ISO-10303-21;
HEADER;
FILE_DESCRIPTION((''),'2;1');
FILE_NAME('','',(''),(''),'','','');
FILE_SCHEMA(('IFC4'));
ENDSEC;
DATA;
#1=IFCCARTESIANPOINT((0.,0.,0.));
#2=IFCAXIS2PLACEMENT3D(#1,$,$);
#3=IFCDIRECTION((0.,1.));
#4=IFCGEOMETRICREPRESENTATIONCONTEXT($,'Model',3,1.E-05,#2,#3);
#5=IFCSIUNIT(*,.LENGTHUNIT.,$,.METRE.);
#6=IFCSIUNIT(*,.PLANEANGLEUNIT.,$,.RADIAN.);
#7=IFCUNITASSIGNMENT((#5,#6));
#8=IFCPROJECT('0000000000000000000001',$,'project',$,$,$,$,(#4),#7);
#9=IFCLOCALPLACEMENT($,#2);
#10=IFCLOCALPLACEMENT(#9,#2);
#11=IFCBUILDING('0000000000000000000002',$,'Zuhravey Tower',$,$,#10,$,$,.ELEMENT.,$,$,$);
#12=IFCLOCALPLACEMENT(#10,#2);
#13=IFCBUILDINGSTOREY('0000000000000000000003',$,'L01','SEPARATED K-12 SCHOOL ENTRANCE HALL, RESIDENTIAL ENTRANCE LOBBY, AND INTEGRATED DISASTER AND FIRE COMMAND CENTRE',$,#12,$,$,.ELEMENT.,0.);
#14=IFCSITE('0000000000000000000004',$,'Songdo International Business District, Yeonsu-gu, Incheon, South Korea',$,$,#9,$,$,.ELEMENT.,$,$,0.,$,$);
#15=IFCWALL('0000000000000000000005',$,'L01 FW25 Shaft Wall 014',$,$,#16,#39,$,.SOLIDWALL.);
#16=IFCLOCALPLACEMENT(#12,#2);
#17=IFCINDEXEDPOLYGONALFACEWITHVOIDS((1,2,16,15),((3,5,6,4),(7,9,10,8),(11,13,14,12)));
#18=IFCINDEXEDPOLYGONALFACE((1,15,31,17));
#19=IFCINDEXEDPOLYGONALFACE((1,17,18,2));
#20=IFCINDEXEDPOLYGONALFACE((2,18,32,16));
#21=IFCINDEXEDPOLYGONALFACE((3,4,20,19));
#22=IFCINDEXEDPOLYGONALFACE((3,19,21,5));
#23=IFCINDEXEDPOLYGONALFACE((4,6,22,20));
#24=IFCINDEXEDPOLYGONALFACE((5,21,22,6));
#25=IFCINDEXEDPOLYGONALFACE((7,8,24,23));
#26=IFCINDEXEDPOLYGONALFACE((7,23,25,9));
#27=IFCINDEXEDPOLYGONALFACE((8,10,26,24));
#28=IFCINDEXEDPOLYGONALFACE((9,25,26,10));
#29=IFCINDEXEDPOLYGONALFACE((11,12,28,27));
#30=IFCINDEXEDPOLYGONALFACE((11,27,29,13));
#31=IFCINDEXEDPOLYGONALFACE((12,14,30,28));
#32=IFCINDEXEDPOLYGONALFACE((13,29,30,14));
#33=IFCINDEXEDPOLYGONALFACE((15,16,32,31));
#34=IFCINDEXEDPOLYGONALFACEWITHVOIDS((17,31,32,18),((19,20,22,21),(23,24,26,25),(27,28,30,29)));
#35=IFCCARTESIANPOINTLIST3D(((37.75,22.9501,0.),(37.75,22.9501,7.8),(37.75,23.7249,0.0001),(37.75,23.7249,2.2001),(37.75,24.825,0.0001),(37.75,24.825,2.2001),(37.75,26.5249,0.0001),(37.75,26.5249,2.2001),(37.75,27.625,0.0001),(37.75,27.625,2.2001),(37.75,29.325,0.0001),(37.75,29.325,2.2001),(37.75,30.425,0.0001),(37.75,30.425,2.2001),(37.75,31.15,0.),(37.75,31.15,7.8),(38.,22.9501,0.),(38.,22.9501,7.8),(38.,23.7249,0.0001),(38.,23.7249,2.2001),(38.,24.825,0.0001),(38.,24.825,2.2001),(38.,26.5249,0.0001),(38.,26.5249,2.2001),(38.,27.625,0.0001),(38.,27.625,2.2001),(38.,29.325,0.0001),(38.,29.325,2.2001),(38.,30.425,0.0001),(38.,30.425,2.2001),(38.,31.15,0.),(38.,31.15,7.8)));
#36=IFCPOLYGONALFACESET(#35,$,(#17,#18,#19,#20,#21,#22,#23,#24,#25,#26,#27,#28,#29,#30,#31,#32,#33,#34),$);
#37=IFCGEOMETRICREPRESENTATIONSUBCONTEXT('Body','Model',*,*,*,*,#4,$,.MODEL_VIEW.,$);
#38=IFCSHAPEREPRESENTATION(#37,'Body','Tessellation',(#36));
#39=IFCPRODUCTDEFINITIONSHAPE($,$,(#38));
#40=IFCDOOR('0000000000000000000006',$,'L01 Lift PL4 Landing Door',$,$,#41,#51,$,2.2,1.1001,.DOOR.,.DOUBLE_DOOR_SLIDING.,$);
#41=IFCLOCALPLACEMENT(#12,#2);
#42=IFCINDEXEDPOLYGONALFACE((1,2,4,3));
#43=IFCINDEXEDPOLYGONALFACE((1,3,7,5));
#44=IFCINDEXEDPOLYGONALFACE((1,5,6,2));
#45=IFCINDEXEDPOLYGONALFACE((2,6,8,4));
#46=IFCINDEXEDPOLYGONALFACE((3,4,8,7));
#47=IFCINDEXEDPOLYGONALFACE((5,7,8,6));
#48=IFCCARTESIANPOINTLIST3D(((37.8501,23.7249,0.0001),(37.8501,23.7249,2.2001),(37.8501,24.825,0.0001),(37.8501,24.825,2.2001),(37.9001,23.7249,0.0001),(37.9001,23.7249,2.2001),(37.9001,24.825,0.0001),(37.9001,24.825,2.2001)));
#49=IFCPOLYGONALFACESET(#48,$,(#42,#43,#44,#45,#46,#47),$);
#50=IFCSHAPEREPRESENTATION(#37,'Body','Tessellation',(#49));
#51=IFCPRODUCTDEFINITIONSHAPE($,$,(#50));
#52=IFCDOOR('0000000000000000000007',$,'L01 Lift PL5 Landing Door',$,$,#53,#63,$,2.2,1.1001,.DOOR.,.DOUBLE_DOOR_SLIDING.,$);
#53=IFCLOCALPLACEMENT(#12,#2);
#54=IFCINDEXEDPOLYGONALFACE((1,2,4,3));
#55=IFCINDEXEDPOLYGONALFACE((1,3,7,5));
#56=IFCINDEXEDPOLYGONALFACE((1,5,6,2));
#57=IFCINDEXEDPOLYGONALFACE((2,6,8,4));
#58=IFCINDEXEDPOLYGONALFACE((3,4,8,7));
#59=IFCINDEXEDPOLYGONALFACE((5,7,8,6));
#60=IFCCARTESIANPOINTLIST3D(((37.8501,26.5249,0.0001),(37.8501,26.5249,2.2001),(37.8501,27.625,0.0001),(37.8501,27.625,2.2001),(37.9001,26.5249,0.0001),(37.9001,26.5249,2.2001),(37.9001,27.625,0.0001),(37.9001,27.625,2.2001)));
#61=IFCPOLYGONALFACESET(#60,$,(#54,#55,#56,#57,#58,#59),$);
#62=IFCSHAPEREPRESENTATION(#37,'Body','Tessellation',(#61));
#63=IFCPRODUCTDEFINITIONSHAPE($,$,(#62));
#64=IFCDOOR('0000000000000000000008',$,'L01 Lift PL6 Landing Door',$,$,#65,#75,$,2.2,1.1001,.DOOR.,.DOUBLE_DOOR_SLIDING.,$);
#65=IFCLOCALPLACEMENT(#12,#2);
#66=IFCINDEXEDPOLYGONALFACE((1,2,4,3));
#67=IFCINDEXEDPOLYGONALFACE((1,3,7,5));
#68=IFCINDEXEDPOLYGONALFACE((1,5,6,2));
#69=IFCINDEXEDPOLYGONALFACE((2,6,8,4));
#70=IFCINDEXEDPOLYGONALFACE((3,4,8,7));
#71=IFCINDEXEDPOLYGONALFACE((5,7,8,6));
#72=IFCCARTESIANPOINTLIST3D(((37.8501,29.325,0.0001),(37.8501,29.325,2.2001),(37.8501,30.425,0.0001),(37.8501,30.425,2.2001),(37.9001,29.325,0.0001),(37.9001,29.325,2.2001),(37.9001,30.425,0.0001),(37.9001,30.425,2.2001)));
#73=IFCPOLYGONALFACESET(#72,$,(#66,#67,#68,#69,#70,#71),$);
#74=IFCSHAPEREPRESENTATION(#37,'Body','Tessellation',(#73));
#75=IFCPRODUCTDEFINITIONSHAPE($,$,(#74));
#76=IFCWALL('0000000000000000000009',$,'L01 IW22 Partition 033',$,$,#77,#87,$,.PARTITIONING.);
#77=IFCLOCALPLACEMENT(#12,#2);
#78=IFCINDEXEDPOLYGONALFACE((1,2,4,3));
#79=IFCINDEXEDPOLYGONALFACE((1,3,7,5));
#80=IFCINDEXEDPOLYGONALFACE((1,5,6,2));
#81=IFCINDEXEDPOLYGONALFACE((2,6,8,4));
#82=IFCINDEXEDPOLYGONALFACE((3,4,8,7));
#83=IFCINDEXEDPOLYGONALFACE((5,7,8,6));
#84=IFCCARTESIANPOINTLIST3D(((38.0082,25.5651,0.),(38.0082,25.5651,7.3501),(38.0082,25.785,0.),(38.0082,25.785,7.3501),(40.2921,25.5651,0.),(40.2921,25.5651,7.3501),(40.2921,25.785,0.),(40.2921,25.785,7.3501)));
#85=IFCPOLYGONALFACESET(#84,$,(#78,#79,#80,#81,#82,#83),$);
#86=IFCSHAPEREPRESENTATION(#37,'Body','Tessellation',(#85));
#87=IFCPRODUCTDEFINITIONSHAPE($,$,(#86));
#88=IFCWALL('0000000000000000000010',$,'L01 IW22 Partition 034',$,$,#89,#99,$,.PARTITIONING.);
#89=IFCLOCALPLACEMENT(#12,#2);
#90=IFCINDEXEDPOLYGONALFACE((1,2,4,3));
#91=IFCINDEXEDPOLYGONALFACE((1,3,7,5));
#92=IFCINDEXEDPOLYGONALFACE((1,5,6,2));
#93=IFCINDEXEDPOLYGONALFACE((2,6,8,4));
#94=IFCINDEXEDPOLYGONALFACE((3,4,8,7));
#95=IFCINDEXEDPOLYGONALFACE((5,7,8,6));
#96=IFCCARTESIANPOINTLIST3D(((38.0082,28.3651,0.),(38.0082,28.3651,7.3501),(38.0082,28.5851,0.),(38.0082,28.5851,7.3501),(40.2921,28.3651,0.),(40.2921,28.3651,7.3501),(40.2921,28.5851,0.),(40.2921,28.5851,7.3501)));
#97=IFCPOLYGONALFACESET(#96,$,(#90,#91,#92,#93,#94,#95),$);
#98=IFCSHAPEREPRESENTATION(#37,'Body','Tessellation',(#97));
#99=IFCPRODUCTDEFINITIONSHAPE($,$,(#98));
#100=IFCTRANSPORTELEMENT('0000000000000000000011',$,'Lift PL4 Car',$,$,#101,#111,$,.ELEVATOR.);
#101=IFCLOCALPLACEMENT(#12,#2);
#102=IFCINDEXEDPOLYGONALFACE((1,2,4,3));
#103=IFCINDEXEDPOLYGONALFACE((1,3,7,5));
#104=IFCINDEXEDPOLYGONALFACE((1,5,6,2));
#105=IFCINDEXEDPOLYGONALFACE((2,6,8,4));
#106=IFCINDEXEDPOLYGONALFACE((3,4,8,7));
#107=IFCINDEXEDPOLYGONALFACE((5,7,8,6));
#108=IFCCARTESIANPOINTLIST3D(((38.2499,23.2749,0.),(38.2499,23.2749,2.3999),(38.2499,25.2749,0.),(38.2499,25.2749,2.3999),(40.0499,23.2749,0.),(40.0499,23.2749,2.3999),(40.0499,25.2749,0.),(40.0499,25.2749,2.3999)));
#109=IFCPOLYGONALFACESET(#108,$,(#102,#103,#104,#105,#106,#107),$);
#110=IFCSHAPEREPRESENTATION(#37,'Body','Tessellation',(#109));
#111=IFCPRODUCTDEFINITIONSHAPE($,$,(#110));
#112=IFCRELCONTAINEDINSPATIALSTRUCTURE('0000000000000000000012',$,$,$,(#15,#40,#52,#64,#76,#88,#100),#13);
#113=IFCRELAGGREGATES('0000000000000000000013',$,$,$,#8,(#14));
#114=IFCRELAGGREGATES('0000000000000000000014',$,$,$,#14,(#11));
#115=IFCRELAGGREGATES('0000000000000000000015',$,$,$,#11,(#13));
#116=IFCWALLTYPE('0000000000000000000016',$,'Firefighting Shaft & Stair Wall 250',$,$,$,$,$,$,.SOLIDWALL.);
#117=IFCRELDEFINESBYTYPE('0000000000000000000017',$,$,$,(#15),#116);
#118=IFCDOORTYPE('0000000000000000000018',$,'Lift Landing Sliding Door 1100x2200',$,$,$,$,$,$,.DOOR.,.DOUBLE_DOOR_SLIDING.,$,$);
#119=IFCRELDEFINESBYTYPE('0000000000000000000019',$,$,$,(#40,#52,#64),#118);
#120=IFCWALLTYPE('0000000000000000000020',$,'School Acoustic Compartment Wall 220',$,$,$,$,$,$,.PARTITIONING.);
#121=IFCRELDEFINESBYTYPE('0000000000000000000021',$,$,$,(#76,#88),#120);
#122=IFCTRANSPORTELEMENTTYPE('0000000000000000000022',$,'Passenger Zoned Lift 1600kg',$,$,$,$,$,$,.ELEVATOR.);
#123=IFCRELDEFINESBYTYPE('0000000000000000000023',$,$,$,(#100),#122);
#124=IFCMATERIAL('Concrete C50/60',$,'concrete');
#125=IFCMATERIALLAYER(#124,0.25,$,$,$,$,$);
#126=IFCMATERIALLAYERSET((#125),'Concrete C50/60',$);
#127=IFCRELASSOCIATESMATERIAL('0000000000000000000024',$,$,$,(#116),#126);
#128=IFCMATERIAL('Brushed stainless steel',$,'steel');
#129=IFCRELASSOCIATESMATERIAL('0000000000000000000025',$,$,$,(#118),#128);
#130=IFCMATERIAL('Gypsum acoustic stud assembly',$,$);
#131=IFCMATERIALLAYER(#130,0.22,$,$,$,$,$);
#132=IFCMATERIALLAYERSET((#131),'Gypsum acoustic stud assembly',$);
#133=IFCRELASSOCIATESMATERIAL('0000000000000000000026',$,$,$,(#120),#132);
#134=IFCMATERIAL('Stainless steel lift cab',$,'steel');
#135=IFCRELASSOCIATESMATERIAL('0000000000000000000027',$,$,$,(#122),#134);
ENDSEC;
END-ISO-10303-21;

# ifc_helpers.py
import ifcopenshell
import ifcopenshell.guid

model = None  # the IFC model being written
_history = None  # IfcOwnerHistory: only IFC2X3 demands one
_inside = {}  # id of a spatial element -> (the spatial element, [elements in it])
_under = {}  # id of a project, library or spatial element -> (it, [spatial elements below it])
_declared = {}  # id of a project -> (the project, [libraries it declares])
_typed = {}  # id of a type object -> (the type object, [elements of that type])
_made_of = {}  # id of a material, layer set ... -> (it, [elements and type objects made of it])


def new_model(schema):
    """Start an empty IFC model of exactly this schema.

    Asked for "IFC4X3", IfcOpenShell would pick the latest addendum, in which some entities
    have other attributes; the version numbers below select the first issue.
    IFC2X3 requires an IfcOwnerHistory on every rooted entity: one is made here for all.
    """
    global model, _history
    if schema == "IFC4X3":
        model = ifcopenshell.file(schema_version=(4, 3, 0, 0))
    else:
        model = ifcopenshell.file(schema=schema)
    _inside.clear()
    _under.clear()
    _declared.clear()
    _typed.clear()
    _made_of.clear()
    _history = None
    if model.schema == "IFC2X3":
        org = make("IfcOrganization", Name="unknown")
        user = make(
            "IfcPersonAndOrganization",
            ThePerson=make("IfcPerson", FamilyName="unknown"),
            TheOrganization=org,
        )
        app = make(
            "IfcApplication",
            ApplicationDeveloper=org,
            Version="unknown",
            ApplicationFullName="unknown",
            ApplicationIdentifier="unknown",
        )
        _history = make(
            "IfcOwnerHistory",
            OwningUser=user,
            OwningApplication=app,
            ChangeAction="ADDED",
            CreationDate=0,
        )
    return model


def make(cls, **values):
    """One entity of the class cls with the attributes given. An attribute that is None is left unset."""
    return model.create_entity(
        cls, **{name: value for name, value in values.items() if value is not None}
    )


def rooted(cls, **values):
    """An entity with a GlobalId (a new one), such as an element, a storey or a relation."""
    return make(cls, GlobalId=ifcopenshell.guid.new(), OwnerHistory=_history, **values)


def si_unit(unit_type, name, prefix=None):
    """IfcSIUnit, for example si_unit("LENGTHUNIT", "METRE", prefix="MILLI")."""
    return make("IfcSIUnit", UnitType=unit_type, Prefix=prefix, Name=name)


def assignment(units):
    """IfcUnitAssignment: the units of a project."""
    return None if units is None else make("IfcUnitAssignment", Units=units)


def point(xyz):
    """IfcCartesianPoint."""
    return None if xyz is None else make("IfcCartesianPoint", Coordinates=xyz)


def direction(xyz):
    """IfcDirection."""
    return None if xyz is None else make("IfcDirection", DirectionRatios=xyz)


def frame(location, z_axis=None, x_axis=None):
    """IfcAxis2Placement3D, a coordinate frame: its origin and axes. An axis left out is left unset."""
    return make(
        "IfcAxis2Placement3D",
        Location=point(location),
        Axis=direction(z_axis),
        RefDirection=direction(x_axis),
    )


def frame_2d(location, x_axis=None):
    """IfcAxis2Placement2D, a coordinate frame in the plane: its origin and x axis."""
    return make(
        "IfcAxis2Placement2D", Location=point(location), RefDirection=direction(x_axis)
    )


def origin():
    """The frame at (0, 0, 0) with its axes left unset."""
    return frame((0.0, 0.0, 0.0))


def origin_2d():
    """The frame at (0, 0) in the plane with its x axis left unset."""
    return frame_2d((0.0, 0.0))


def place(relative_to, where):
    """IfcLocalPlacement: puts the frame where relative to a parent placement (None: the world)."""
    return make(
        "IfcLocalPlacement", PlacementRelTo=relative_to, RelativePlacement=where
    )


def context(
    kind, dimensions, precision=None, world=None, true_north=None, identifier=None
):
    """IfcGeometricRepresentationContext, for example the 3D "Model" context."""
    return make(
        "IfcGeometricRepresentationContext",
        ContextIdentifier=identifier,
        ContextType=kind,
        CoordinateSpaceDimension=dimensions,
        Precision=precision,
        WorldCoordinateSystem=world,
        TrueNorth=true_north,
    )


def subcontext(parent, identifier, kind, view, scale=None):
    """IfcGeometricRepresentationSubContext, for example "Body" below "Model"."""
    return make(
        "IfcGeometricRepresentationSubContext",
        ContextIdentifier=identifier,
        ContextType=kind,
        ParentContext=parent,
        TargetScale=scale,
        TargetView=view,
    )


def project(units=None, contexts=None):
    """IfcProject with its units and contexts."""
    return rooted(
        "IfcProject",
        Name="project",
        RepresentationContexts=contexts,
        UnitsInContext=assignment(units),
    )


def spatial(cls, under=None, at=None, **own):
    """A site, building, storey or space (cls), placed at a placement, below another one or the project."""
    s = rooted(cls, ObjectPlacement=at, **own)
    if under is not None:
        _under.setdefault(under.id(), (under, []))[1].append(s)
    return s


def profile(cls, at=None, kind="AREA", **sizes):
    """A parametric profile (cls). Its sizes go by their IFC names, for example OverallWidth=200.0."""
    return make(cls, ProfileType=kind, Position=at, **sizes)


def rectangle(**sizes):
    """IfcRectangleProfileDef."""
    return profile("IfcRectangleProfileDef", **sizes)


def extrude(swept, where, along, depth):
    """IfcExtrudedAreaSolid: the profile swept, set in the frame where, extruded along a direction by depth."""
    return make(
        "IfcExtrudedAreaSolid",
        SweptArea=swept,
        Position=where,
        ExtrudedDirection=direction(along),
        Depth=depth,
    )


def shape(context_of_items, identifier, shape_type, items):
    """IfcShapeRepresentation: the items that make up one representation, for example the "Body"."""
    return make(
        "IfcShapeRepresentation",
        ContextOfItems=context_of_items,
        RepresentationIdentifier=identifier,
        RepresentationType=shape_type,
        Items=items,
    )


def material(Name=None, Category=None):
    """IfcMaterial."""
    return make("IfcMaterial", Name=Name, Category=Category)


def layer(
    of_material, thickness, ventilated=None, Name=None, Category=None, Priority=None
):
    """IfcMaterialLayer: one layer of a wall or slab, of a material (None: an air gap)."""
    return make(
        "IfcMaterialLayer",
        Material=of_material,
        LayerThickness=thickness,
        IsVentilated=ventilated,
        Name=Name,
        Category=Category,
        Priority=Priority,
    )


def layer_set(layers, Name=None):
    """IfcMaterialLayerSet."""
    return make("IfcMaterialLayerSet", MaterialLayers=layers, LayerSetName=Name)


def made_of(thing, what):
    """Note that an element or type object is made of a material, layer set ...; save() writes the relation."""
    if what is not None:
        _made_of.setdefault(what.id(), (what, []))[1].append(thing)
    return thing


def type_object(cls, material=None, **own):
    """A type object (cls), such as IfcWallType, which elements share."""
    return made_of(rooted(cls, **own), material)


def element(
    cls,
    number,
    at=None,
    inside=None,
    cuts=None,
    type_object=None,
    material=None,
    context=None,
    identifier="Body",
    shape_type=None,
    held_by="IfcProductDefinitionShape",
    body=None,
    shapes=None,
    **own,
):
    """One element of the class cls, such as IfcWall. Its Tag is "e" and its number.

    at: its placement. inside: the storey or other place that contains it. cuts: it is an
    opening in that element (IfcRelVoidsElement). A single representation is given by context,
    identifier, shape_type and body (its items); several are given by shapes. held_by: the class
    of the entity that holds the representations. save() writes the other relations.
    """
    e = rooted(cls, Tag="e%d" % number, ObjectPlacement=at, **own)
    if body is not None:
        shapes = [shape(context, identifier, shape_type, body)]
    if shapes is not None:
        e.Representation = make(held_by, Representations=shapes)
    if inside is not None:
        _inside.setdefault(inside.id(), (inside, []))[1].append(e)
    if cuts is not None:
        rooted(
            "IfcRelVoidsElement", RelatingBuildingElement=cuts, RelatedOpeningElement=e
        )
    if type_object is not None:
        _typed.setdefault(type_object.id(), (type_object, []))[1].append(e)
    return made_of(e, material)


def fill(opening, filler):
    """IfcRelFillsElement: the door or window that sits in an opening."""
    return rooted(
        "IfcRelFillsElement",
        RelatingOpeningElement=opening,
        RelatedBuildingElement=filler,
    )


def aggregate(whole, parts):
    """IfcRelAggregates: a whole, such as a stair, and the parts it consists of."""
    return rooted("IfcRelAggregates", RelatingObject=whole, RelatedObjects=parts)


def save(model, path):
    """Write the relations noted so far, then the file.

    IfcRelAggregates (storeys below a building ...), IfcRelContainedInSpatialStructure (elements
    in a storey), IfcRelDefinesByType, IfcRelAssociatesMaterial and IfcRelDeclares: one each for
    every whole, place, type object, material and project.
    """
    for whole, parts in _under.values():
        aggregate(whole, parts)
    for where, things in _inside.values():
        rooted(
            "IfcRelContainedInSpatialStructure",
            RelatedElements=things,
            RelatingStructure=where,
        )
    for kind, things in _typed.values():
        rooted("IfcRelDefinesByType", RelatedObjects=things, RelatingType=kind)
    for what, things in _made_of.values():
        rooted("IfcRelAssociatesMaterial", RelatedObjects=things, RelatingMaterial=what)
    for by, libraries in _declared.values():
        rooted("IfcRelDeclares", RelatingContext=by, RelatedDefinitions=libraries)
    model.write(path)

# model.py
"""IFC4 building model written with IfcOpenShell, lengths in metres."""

from ifc_helpers import new_model, si_unit, direction, frame, frame_2d, origin, origin_2d, place, context, subcontext, project, spatial, rectangle, extrude, material, layer, layer_set, type_object, element, fill, save


model = new_model("IFC4")

# Units and contexts
model_context = context("Model", 3, precision=1e-05, world=origin(), true_north=direction((0.0, 1.0)))
body_context = subcontext(model_context, "Body", "Model", "MODEL_VIEW")
ifc_project = project(units=[si_unit("LENGTHUNIT", "METRE"), si_unit("PLANEANGLEUNIT", "RADIAN")], contexts=[model_context])

# Site, building, storey
site_placement = place(None, origin())
site = spatial("IfcSite", under=ifc_project, at=site_placement, Name="Songdo International Business District, Yeonsu-gu, Incheon, South Korea", CompositionType="ELEMENT", RefElevation=0.0)
building_placement = place(site_placement, origin())
building = spatial("IfcBuilding", under=site, at=building_placement, Name="Zuhravey Tower", CompositionType="ELEMENT")
storey_placement = place(building_placement, origin())
storey = spatial("IfcBuildingStorey", under=building, at=storey_placement, Name="L01", Description="SEPARATED K-12 SCHOOL ENTRANCE HALL, RESIDENTIAL ENTRANCE LOBBY, AND INTEGRATED DISASTER AND FIRE COMMAND CENTRE", CompositionType="ELEMENT", Elevation=0.0)

# Shared definitions
ifc_material_1 = material(Name="Concrete C50/60", Category="concrete")
ifc_layer_1 = layer(ifc_material_1, 0.25)
ifc_layer_set_1 = layer_set([ifc_layer_1], Name="Concrete C50/60")
wall_type_1 = type_object("IfcWallType", Name="Firefighting Shaft & Stair Wall 250", PredefinedType="SOLIDWALL", material=ifc_layer_set_1)

# Wall, openings, doors
ifc_material_2 = material(Name="Brushed stainless steel", Category="steel")
door_type_1 = type_object("IfcDoorType", Name="Lift Landing Sliding Door 1100x2200", OperationType="DOUBLE_DOOR_SLIDING", PredefinedType="DOOR", material=ifc_material_2)
wall_1_placement = place(storey_placement, frame((37.875, 22.95, 0.0), z_axis=(0.0, 0.0, 1.0), x_axis=(0.0, 1.0, 0.0)))
wall_1 = element("IfcWall", 1, at=wall_1_placement, inside=storey, type_object=wall_type_1, Name="L01 FW25 Shaft Wall 014", PredefinedType="SOLIDWALL", context=body_context, shape_type="SweptSolid", body=[
    extrude(rectangle(XDim=8.2, YDim=0.25, at=frame_2d((4.1001, 0.0))), origin(), (0.0, 0.0, 1.0), 7.8),
])
opening_1_placement = place(wall_1_placement, frame((0.7749, 0.0, 0.0)))
opening_1 = element("IfcOpeningElement", 2, at=opening_1_placement, cuts=wall_1, PredefinedType="OPENING", context=body_context, shape_type="SweptSolid", body=[
    extrude(rectangle(XDim=1.1001, YDim=2.2, at=frame_2d((0.55, 1.1001))), frame((0.0, 0.137, 0.0), z_axis=(0.0, -1.0, 0.0), x_axis=(1.0, 0.0, 0.0)), (0.0, 0.0, 1.0), 0.2739),
])
opening_2_placement = place(wall_1_placement, frame((3.575, 0.0, 0.0)))
opening_2 = element("IfcOpeningElement", 3, at=opening_2_placement, cuts=wall_1, PredefinedType="OPENING", context=body_context, shape_type="SweptSolid", body=[
    extrude(rectangle(XDim=1.1001, YDim=2.2, at=frame_2d((0.55, 1.1001))), frame((0.0, 0.137, 0.0), z_axis=(0.0, -1.0, 0.0), x_axis=(1.0, 0.0, 0.0)), (0.0, 0.0, 1.0), 0.2739),
])
opening_3_placement = place(wall_1_placement, frame((6.375, 0.0, 0.0)))
opening_3 = element("IfcOpeningElement", 4, at=opening_3_placement, cuts=wall_1, PredefinedType="OPENING", context=body_context, shape_type="SweptSolid", body=[
    extrude(rectangle(XDim=1.1001, YDim=2.2, at=frame_2d((0.55, 1.1001))), frame((0.0, 0.137, 0.0), z_axis=(0.0, -1.0, 0.0), x_axis=(1.0, 0.0, 0.0)), (0.0, 0.0, 1.0), 0.2739),
])
door_1_placement = place(opening_1_placement, origin())
door_1 = element("IfcDoor", 5, at=door_1_placement, inside=storey, type_object=door_type_1, Name="L01 Lift PL4 Landing Door", OperationType="DOUBLE_DOOR_SLIDING", OverallHeight=2.2, OverallWidth=1.1001, PredefinedType="DOOR", context=body_context, shape_type="SweptSolid", body=[
    extrude(rectangle(XDim=1.1001, YDim=2.2, at=frame_2d((0.55, 1.1001))), frame((0.0, 0.0249, 0.0), z_axis=(0.0, -1.0, 0.0), x_axis=(1.0, 0.0, 0.0)), (0.0, 0.0, 1.0), 0.05),
])
fill(opening_1, door_1)
door_2_placement = place(opening_2_placement, origin())
door_2 = element("IfcDoor", 6, at=door_2_placement, inside=storey, type_object=door_type_1, Name="L01 Lift PL5 Landing Door", OperationType="DOUBLE_DOOR_SLIDING", OverallHeight=2.2, OverallWidth=1.1001, PredefinedType="DOOR", context=body_context, shape_type="SweptSolid", body=[
    extrude(rectangle(XDim=1.1001, YDim=2.2, at=frame_2d((0.55, 1.1001))), frame((0.0, 0.0249, 0.0), z_axis=(0.0, -1.0, 0.0), x_axis=(1.0, 0.0, 0.0)), (0.0, 0.0, 1.0), 0.05),
])
fill(opening_2, door_2)
door_3_placement = place(opening_3_placement, origin())
door_3 = element("IfcDoor", 7, at=door_3_placement, inside=storey, type_object=door_type_1, Name="L01 Lift PL6 Landing Door", OperationType="DOUBLE_DOOR_SLIDING", OverallHeight=2.2, OverallWidth=1.1001, PredefinedType="DOOR", context=body_context, shape_type="SweptSolid", body=[
    extrude(rectangle(XDim=1.1001, YDim=2.2, at=frame_2d((0.55, 1.1001))), frame((0.0, 0.0249, 0.0), z_axis=(0.0, -1.0, 0.0), x_axis=(1.0, 0.0, 0.0)), (0.0, 0.0, 1.0), 0.05),
])
fill(opening_3, door_3)

# Walls
ifc_material_3 = material(Name="Gypsum acoustic stud assembly")
ifc_layer_2 = layer(ifc_material_3, 0.22)
ifc_layer_set_2 = layer_set([ifc_layer_2], Name="Gypsum acoustic stud assembly")
wall_type_2 = type_object("IfcWallType", Name="School Acoustic Compartment Wall 220", PredefinedType="PARTITIONING", material=ifc_layer_set_2)
for number, where, z_axis, x_axis, name in (
    (8, (38.0081, 25.675, 0.0), (0.0, 0.0, 1.0), (1.0, 0.0, 0.0), "L01 IW22 Partition 033"),
    (9, (38.0081, 28.4751, 0.0), (0.0, 0.0, 1.0), (1.0, 0.0, 0.0), "L01 IW22 Partition 034"),
):
    element("IfcWall", number, at=place(storey_placement, frame(where, z_axis=z_axis, x_axis=x_axis)), inside=storey, type_object=wall_type_2, Name=name, PredefinedType="PARTITIONING", context=body_context, shape_type="SweptSolid", body=[
        extrude(rectangle(XDim=2.2839, YDim=0.22, at=frame_2d((1.1421, 0.0))), origin(), (0.0, 0.0, 1.0), 7.3501),
    ])

# Transport element
ifc_material_4 = material(Name="Stainless steel lift cab", Category="steel")
transport_element_type = type_object("IfcTransportElementType", Name="Passenger Zoned Lift 1600kg", PredefinedType="ELEVATOR", material=ifc_material_4)
transport_element_placement = place(storey_placement, frame((39.1499, 24.2749, 0.0), z_axis=(0.0, 0.0, 1.0), x_axis=(1.0, 0.0, 0.0)))
element("IfcTransportElement", 10, at=transport_element_placement, inside=storey, type_object=transport_element_type, Name="Lift PL4 Car", PredefinedType="ELEVATOR", context=body_context, shape_type="SweptSolid", body=[
    extrude(rectangle(XDim=1.8, YDim=2.0, at=origin_2d()), origin(), (0.0, 0.0, 1.0), 2.3999),
])

save(model, "model.ifc")
